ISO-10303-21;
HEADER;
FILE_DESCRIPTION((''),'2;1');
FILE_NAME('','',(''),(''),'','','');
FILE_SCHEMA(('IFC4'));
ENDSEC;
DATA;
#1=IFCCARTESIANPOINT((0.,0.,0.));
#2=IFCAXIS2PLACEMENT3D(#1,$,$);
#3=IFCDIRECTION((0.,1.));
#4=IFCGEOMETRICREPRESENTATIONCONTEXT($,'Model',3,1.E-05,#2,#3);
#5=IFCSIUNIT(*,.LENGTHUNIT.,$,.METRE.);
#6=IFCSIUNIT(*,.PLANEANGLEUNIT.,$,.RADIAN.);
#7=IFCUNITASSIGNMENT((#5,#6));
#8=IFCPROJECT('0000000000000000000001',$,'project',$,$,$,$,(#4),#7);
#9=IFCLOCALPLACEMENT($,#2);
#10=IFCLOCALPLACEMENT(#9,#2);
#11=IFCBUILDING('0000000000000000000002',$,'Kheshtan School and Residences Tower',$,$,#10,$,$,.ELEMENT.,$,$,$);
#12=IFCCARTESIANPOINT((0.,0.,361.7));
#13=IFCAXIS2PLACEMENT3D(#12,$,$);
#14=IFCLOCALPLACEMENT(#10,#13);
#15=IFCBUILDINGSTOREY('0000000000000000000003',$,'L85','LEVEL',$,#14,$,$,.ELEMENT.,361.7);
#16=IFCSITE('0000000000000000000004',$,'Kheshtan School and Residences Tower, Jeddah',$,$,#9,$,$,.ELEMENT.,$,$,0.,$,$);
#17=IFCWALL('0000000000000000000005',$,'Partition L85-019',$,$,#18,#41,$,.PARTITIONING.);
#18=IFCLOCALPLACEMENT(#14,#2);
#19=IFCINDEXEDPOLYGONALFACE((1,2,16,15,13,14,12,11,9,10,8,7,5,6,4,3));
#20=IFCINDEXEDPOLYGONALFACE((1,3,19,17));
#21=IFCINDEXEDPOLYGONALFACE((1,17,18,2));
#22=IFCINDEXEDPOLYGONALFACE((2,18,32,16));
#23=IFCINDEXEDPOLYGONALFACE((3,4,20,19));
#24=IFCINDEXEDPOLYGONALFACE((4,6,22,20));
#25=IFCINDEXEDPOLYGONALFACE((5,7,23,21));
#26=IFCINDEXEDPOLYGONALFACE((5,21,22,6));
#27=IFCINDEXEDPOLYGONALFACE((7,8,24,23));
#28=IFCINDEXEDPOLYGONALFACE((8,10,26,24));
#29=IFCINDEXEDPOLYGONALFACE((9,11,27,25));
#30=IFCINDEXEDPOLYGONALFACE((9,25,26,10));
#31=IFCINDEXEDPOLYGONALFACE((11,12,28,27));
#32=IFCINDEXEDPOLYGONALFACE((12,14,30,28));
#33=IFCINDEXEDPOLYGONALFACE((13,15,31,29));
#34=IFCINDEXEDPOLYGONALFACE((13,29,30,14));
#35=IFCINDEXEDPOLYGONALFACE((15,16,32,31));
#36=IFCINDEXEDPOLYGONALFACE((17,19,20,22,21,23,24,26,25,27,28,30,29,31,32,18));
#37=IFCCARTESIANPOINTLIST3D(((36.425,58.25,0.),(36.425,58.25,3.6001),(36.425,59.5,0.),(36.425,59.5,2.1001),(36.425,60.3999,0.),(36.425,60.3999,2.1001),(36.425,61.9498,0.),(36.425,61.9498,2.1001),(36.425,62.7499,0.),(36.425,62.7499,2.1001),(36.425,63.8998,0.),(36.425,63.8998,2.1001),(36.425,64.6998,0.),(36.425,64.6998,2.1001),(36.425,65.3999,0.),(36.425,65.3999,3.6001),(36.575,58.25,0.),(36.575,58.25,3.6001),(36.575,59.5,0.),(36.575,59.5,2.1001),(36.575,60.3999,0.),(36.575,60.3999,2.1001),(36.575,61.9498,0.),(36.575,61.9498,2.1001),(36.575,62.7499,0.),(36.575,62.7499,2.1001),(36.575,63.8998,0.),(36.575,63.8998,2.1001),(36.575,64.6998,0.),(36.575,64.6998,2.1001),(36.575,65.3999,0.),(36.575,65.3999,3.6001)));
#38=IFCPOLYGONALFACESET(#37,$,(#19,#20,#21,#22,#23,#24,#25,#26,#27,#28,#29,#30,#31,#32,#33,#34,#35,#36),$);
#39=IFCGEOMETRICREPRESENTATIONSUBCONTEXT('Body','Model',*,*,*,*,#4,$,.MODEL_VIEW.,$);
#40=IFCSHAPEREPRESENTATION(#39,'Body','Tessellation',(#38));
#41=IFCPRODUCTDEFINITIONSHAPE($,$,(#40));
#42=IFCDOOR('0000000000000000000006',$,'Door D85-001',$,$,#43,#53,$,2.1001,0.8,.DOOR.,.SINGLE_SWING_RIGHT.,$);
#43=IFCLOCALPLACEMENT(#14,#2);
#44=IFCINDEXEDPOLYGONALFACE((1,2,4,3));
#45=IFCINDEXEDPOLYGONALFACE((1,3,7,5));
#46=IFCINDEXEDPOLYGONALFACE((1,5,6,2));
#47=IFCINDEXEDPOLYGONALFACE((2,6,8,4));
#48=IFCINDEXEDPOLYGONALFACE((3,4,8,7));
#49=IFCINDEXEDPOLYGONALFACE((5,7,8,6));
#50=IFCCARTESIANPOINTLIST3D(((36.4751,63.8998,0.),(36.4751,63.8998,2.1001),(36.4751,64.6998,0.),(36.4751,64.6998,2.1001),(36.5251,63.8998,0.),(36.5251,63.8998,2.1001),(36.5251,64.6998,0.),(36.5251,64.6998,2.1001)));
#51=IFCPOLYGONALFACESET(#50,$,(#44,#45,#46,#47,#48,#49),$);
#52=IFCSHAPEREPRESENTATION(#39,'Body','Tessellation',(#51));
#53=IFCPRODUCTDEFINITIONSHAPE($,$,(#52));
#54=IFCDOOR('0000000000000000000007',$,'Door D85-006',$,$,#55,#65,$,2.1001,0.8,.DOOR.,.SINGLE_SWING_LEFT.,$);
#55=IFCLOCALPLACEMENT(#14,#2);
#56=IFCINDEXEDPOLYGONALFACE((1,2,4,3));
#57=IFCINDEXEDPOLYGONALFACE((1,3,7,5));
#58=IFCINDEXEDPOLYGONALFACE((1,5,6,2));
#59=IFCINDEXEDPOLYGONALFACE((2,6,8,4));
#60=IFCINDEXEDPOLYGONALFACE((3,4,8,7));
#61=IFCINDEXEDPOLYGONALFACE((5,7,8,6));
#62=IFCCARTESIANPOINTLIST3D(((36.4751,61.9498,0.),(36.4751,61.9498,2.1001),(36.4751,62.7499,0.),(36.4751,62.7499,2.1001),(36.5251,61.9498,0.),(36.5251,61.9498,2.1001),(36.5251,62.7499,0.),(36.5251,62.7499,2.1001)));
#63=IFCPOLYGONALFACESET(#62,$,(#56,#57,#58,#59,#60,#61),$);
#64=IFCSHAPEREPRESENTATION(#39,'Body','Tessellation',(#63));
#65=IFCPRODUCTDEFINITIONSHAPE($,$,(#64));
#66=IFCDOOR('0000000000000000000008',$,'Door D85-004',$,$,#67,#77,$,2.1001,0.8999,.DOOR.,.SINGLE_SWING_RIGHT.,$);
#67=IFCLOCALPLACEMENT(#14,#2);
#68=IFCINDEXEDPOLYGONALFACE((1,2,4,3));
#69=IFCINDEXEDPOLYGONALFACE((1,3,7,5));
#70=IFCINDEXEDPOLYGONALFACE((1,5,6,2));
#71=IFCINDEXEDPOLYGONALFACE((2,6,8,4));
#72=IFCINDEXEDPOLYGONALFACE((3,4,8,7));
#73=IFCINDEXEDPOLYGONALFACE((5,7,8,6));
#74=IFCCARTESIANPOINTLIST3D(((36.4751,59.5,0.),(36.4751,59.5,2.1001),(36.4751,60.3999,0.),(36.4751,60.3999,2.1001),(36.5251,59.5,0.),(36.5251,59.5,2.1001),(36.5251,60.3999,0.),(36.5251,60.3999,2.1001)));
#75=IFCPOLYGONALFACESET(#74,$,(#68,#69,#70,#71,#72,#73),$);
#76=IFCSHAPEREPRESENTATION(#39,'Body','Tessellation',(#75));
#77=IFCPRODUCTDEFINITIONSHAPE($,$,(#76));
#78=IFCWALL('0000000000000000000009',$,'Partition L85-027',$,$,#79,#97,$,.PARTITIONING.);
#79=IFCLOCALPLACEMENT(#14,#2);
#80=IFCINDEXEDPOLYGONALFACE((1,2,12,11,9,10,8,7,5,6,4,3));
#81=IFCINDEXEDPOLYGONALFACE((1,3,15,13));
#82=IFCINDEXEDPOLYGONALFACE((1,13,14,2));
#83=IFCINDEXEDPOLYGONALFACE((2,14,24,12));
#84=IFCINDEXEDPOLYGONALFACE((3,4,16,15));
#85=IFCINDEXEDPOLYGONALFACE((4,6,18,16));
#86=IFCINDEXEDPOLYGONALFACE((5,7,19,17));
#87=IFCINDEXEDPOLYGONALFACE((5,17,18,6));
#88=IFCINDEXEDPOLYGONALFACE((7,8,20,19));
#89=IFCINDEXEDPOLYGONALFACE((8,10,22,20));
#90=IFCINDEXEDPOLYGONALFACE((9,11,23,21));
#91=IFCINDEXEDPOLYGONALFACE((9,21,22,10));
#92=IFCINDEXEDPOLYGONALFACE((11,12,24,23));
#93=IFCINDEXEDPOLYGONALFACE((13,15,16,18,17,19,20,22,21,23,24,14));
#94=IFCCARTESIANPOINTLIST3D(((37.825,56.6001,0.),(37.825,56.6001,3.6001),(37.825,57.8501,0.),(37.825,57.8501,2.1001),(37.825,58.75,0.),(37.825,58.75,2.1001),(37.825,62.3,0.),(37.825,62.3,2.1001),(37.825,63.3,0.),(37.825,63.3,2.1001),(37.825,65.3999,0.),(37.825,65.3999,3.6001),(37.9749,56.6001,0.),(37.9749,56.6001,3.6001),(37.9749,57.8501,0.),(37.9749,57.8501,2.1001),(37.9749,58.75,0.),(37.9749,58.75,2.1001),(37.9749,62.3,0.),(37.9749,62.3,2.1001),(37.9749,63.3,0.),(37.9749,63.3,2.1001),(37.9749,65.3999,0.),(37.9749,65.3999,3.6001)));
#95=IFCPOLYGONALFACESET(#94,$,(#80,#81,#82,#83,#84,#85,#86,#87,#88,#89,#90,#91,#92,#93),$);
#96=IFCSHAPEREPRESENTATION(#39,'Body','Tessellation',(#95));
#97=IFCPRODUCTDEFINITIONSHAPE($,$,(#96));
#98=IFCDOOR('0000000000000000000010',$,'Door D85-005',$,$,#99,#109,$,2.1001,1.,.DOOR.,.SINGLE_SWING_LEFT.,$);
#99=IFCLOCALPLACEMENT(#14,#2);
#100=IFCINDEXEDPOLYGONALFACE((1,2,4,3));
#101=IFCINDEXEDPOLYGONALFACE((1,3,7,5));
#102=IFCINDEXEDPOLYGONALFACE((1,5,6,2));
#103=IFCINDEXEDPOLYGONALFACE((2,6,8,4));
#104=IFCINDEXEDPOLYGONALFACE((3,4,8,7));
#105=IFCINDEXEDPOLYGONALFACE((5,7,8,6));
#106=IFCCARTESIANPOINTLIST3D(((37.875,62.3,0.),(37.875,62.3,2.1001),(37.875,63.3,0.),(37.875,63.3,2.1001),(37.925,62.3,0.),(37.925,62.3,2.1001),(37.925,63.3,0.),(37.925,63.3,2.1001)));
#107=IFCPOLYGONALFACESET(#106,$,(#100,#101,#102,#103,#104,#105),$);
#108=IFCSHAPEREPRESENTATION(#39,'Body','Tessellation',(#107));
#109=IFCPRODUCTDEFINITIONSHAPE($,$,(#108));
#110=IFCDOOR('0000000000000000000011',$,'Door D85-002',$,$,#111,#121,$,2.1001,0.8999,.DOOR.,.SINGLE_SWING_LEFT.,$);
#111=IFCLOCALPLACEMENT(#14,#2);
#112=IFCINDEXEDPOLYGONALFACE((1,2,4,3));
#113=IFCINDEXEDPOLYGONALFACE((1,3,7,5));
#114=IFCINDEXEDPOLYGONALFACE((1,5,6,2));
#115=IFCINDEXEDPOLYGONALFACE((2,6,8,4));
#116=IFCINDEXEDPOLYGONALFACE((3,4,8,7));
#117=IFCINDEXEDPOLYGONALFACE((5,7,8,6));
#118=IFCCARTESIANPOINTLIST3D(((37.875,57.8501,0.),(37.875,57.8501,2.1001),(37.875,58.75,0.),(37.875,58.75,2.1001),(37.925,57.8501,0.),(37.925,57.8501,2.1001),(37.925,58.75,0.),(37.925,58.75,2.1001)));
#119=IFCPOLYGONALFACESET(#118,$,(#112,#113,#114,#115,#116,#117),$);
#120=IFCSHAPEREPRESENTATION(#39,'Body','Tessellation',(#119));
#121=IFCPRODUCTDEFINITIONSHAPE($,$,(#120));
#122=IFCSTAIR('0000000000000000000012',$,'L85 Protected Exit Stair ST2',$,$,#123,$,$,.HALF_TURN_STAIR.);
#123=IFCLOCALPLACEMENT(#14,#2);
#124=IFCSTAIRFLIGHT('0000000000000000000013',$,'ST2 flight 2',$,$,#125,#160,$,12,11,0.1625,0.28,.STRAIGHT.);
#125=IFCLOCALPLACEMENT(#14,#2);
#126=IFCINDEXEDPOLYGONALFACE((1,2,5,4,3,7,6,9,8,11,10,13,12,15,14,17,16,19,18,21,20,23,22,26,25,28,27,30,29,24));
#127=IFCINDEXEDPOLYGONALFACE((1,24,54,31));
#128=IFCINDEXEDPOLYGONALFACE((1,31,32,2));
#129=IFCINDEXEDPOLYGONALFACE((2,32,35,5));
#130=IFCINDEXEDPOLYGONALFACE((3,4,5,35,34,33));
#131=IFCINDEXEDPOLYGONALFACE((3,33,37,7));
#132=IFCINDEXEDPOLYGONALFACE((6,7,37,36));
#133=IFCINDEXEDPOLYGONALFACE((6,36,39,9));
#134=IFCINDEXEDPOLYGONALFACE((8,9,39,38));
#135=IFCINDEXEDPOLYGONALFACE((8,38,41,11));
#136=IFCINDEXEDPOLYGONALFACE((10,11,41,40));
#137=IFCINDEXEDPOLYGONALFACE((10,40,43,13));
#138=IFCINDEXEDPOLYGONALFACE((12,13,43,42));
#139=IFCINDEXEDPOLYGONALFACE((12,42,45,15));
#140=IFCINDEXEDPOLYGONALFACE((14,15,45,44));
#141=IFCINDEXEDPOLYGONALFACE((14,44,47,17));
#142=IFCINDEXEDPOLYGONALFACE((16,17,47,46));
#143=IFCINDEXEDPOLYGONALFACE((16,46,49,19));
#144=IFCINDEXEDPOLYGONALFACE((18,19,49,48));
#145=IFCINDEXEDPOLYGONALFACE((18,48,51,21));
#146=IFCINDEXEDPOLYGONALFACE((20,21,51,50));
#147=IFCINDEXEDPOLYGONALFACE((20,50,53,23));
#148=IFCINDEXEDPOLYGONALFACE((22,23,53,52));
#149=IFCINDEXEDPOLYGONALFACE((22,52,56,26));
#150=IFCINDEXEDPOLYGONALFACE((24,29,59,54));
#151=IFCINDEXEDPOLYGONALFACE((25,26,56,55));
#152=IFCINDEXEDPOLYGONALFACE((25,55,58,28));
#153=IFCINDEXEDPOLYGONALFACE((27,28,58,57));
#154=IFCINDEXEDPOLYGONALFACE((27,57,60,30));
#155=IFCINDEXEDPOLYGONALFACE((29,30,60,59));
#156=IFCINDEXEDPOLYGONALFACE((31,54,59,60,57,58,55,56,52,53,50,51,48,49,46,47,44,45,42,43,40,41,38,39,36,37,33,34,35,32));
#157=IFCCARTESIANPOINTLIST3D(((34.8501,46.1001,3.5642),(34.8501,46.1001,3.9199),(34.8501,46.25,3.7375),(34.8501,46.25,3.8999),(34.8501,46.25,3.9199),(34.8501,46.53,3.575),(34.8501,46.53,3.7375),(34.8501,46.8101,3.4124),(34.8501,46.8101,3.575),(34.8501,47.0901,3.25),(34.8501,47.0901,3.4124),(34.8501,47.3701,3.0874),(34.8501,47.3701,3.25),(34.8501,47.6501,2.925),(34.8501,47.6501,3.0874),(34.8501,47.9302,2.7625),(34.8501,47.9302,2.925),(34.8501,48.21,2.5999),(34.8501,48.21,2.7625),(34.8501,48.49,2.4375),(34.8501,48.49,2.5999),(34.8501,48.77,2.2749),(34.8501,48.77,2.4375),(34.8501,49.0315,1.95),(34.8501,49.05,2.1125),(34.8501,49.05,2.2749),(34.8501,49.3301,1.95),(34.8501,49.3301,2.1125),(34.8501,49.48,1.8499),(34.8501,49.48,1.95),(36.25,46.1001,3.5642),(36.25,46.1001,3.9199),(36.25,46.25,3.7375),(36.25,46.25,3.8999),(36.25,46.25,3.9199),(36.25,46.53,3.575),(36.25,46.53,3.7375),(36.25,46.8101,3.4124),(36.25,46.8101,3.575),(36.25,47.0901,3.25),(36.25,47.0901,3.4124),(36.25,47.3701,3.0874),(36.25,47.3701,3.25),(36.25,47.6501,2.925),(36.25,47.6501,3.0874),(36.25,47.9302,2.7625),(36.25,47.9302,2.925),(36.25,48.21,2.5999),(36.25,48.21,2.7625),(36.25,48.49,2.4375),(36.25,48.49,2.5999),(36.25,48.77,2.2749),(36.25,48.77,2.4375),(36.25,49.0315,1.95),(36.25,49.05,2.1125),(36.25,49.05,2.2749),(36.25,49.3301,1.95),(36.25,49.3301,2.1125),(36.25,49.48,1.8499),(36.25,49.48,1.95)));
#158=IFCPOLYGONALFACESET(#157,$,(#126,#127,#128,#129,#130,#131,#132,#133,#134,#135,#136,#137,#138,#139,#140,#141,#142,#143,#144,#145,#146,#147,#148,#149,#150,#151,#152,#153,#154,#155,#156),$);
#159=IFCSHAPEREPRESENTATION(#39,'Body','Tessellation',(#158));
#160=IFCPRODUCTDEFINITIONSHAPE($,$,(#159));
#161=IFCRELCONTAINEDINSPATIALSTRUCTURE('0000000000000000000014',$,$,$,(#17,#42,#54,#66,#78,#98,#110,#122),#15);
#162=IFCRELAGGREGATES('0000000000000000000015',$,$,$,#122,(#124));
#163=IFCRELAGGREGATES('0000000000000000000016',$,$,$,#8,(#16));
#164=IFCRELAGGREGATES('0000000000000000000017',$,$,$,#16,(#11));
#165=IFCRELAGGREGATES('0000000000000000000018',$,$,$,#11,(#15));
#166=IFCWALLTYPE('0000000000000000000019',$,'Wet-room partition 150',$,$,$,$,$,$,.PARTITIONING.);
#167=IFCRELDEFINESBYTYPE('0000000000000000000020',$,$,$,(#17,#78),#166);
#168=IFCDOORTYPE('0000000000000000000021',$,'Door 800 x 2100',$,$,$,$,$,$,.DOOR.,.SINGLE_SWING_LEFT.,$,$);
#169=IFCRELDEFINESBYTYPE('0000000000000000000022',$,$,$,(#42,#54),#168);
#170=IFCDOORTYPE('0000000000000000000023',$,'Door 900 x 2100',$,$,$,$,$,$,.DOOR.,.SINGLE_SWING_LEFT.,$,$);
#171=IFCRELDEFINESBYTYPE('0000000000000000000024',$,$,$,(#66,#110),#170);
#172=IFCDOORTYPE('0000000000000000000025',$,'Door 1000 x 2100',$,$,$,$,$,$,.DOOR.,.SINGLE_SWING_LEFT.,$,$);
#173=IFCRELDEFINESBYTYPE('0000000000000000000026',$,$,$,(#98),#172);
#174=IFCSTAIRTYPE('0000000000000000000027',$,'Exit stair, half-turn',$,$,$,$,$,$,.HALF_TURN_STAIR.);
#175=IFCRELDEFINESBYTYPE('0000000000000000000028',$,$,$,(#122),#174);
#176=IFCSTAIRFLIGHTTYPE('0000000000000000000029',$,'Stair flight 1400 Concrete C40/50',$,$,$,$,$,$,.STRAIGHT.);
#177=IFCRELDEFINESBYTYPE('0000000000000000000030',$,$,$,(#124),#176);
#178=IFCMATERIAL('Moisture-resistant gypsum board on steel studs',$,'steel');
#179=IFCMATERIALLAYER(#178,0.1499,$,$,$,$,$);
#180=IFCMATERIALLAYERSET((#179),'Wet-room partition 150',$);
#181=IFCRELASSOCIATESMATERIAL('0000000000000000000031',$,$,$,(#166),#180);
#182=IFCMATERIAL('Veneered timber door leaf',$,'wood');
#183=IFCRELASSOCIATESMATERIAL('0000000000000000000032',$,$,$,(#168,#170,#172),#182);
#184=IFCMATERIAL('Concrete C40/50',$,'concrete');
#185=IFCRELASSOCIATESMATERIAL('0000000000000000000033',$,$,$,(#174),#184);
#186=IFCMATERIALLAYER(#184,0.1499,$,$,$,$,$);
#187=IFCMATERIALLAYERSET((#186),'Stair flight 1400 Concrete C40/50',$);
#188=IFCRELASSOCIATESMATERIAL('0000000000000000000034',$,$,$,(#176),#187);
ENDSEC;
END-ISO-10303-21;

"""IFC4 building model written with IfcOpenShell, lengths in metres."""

from ifc_helpers import new_model, si_unit, direction, frame, frame_2d, origin, place, context, subcontext, project, spatial, polyline, rectangle, outline, extrude, source, transform, mapped, material, layer, layer_set, type_object, element, fill, aggregate, save


model = new_model("IFC4")

# Units and contexts
model_context = context("Model", 3, precision=1e-05, world=origin(), true_north=direction((0.0, 1.0)))
body_context = subcontext(model_context, "Body", "Model", "MODEL_VIEW")
ifc_project = project(units=[si_unit("LENGTHUNIT", "METRE"), si_unit("PLANEANGLEUNIT", "RADIAN")], contexts=[model_context])

# Site, building, storey
site_placement = place(None, origin())
site = spatial("IfcSite", under=ifc_project, at=site_placement, Name="Kheshtan School and Residences Tower, Jeddah", CompositionType="ELEMENT", RefElevation=0.0)
building_placement = place(site_placement, origin())
building = spatial("IfcBuilding", under=site, at=building_placement, Name="Kheshtan School and Residences Tower", CompositionType="ELEMENT")
storey_placement = place(building_placement, frame((0.0, 0.0, 361.7)))
storey = spatial("IfcBuildingStorey", under=building, at=storey_placement, Name="L85", Description="LEVEL", CompositionType="ELEMENT", Elevation=361.7)

# Shared definitions
ifc_material_1 = material(Name="Concrete C40/50", Category="concrete")

# Walls, openings, doors
ifc_material_2 = material(Name="Moisture-resistant gypsum board on steel studs", Category="steel")
ifc_layer_1 = layer(ifc_material_2, 0.1499)
ifc_layer_set_1 = layer_set([ifc_layer_1], Name="Wet-room partition 150")
wall_type_1 = type_object("IfcWallType", Name="Wet-room partition 150", PredefinedType="PARTITIONING", material=ifc_layer_set_1)
wall_1_placement = place(storey_placement, frame((36.5, 58.25, 0.0), z_axis=(0.0, 0.0, 1.0), x_axis=(0.0, 1.0, 0.0)))
wall_1 = element("IfcWall", 1, at=wall_1_placement, inside=storey, type_object=wall_type_1, Name="Partition L85-019", PredefinedType="PARTITIONING", context=body_context, shape_type="SweptSolid", body=[
    extrude(rectangle(XDim=7.1499, YDim=0.1499, at=frame_2d((3.575, 0.0))), origin(), (0.0, 0.0, 1.0), 3.6001),
])
opening_1_placement = place(wall_1_placement, frame((5.6499, 0.0, 0.0)))
opening_1 = element("IfcOpeningElement", 2, at=opening_1_placement, cuts=wall_1, PredefinedType="OPENING", context=body_context, shape_type="SweptSolid", body=[
    extrude(rectangle(XDim=0.8, YDim=2.1001, at=frame_2d((0.3999, 1.05))), frame((0.0, 0.085, 0.0), z_axis=(0.0, -1.0, 0.0), x_axis=(1.0, 0.0, 0.0)), (0.0, 0.0, 1.0), 0.1699),
])
opening_2_placement = place(wall_1_placement, frame((1.25, 0.0, 0.0)))
opening_2 = element("IfcOpeningElement", 3, at=opening_2_placement, cuts=wall_1, PredefinedType="OPENING", context=body_context, shape_type="SweptSolid", body=[
    extrude(rectangle(XDim=0.8999, YDim=2.1001, at=frame_2d((0.45, 1.05))), frame((0.0, 0.085, 0.0), z_axis=(0.0, -1.0, 0.0), x_axis=(1.0, 0.0, 0.0)), (0.0, 0.0, 1.0), 0.1699),
])
opening_3_placement = place(wall_1_placement, frame((3.7, 0.0, 0.0)))
opening_3 = element("IfcOpeningElement", 4, at=opening_3_placement, cuts=wall_1, PredefinedType="OPENING", context=body_context, shape_type="SweptSolid", body=[
    extrude(rectangle(XDim=0.8, YDim=2.1001, at=frame_2d((0.3999, 1.05))), frame((0.0, 0.085, 0.0), z_axis=(0.0, -1.0, 0.0), x_axis=(1.0, 0.0, 0.0)), (0.0, 0.0, 1.0), 0.1699),
])
ifc_material_3 = material(Name="Veneered timber door leaf", Category="wood")
door_type_1 = type_object("IfcDoorType", Name="Door 800 x 2100", OperationType="SINGLE_SWING_LEFT", PredefinedType="DOOR", material=ifc_material_3)
shared_shape_1 = source(origin(), body_context, "Body", "SweptSolid", [
    extrude(rectangle(XDim=0.8, YDim=2.1001, at=frame_2d((0.3999, 1.05))), frame((0.0, 0.0249, 0.0), z_axis=(0.0, -1.0, 0.0), x_axis=(1.0, 0.0, 0.0)), (0.0, 0.0, 1.0), 0.05),
])
door_1_placement = place(opening_1_placement, origin())
door_1 = element("IfcDoor", 5, at=door_1_placement, inside=storey, type_object=door_type_1, Name="Door D85-001", OperationType="SINGLE_SWING_RIGHT", OverallHeight=2.1001, OverallWidth=0.8, PredefinedType="DOOR", context=body_context, shape_type="MappedRepresentation", body=[
    mapped(shared_shape_1, transform((0.0, 0.0, 0.0), x_axis=(1.0, 0.0, 0.0), y_axis=(0.0, 1.0, 0.0), z_axis=(0.0, 0.0, 1.0), scale=1.0)),
])
fill(opening_1, door_1)
door_2_placement = place(opening_3_placement, origin())
door_2 = element("IfcDoor", 6, at=door_2_placement, inside=storey, type_object=door_type_1, Name="Door D85-006", OperationType="SINGLE_SWING_LEFT", OverallHeight=2.1001, OverallWidth=0.8, PredefinedType="DOOR", context=body_context, shape_type="MappedRepresentation", body=[
    mapped(shared_shape_1, transform((0.0, 0.0, 0.0), x_axis=(1.0, 0.0, 0.0), y_axis=(0.0, 1.0, 0.0), z_axis=(0.0, 0.0, 1.0), scale=1.0)),
])
fill(opening_3, door_2)
door_type_2 = type_object("IfcDoorType", Name="Door 900 x 2100", OperationType="SINGLE_SWING_LEFT", PredefinedType="DOOR", material=ifc_material_3)
shared_shape_2 = source(origin(), body_context, "Body", "SweptSolid", [
    extrude(rectangle(XDim=0.8999, YDim=2.1001, at=frame_2d((0.45, 1.05))), frame((0.0, 0.0249, 0.0), z_axis=(0.0, -1.0, 0.0), x_axis=(1.0, 0.0, 0.0)), (0.0, 0.0, 1.0), 0.05),
])
door_3_placement = place(opening_2_placement, origin())
door_3 = element("IfcDoor", 7, at=door_3_placement, inside=storey, type_object=door_type_2, Name="Door D85-004", OperationType="SINGLE_SWING_RIGHT", OverallHeight=2.1001, OverallWidth=0.8999, PredefinedType="DOOR", context=body_context, shape_type="MappedRepresentation", body=[
    mapped(shared_shape_2, transform((0.0, 0.0, 0.0), x_axis=(1.0, 0.0, 0.0), y_axis=(0.0, 1.0, 0.0), z_axis=(0.0, 0.0, 1.0), scale=1.0)),
])
fill(opening_2, door_3)
wall_2_placement = place(storey_placement, frame((37.8999, 56.6001, 0.0), z_axis=(0.0, 0.0, 1.0), x_axis=(0.0, 1.0, 0.0)))
wall_2 = element("IfcWall", 8, at=wall_2_placement, inside=storey, type_object=wall_type_1, Name="Partition L85-027", PredefinedType="PARTITIONING", context=body_context, shape_type="SweptSolid", body=[
    extrude(rectangle(XDim=8.7998, YDim=0.1499, at=frame_2d((4.3999, 0.0))), origin(), (0.0, 0.0, 1.0), 3.6001),
])
opening_4_placement = place(wall_2_placement, frame((1.25, 0.0, 0.0)))
opening_4 = element("IfcOpeningElement", 9, at=opening_4_placement, cuts=wall_2, PredefinedType="OPENING", context=body_context, shape_type="SweptSolid", body=[
    extrude(rectangle(XDim=0.8999, YDim=2.1001, at=frame_2d((0.45, 1.05))), frame((0.0, 0.085, 0.0), z_axis=(0.0, -1.0, 0.0), x_axis=(1.0, 0.0, 0.0)), (0.0, 0.0, 1.0), 0.1699),
])
opening_5_placement = place(wall_2_placement, frame((5.7, 0.0, 0.0)))
opening_5 = element("IfcOpeningElement", 10, at=opening_5_placement, cuts=wall_2, PredefinedType="OPENING", context=body_context, shape_type="SweptSolid", body=[
    extrude(rectangle(XDim=1.0, YDim=2.1001, at=frame_2d((0.5, 1.05))), frame((0.0, 0.085, 0.0), z_axis=(0.0, -1.0, 0.0), x_axis=(1.0, 0.0, 0.0)), (0.0, 0.0, 1.0), 0.1699),
])
door_type_3 = type_object("IfcDoorType", Name="Door 1000 x 2100", OperationType="SINGLE_SWING_LEFT", PredefinedType="DOOR", material=ifc_material_3)
shared_shape_3 = source(origin(), body_context, "Body", "SweptSolid", [
    extrude(rectangle(XDim=1.0, YDim=2.1001, at=frame_2d((0.5, 1.05))), frame((0.0, 0.0249, 0.0), z_axis=(0.0, -1.0, 0.0), x_axis=(1.0, 0.0, 0.0)), (0.0, 0.0, 1.0), 0.05),
])
door_4_placement = place(opening_5_placement, origin())
door_4 = element("IfcDoor", 11, at=door_4_placement, inside=storey, type_object=door_type_3, Name="Door D85-005", OperationType="SINGLE_SWING_LEFT", OverallHeight=2.1001, OverallWidth=1.0, PredefinedType="DOOR", context=body_context, shape_type="MappedRepresentation", body=[
    mapped(shared_shape_3, transform((0.0, 0.0, 0.0), x_axis=(1.0, 0.0, 0.0), y_axis=(0.0, 1.0, 0.0), z_axis=(0.0, 0.0, 1.0), scale=1.0)),
])
fill(opening_5, door_4)
door_5_placement = place(opening_4_placement, origin())
door_5 = element("IfcDoor", 12, at=door_5_placement, inside=storey, type_object=door_type_2, Name="Door D85-002", OperationType="SINGLE_SWING_LEFT", OverallHeight=2.1001, OverallWidth=0.8999, PredefinedType="DOOR", context=body_context, shape_type="MappedRepresentation", body=[
    mapped(shared_shape_2, transform((0.0, 0.0, 0.0), x_axis=(1.0, 0.0, 0.0), y_axis=(0.0, 1.0, 0.0), z_axis=(0.0, 0.0, 1.0), scale=1.0)),
])
fill(opening_4, door_5)

# Stair, stair flight
stair_type = type_object("IfcStairType", Name="Exit stair, half-turn", PredefinedType="HALF_TURN_STAIR", material=ifc_material_1)
stair_placement = place(storey_placement, origin())
stair = element("IfcStair", 13, at=stair_placement, inside=storey, type_object=stair_type, Name="L85 Protected Exit Stair ST2", PredefinedType="HALF_TURN_STAIR")
ifc_layer_2 = layer(ifc_material_1, 0.1499)
ifc_layer_set_2 = layer_set([ifc_layer_2], Name="Stair flight 1400 Concrete C40/50")
stair_flight_type = type_object("IfcStairFlightType", Name="Stair flight 1400 Concrete C40/50", PredefinedType="STRAIGHT", material=ifc_layer_set_2)
stair_flight_placement = place(storey_placement, frame((35.55, 49.3301, 1.95), z_axis=(0.0, 0.0, 1.0), x_axis=(0.0, -1.0, 0.0)))
stair_flight = element("IfcStairFlight", 14, at=stair_flight_placement, type_object=stair_flight_type, Name="ST2 flight 2", NumberOfRisers=12, NumberOfTreads=11, PredefinedType="STRAIGHT", RiserHeight=0.1625, TreadLength=0.28, context=body_context, shape_type="SweptSolid", body=[
    extrude(outline(polyline([(-0.1499, -0.1001), (-0.1499, 0.0), (0.0, 0.0), (0.0, 0.1626), (0.28, 0.1626), (0.28, 0.325), (0.5601, 0.325), (0.5601, 0.4875), (0.8401, 0.4875), (0.8401, 0.6499), (1.1201, 0.6499), (1.1201, 0.8125), (1.3999, 0.8125), (1.3999, 0.9751), (1.6799, 0.9751), (1.6799, 1.1375), (1.96, 1.1375), (1.96, 1.3), (2.24, 1.3), (2.24, 1.4624), (2.52, 1.4624), (2.52, 1.625), (2.8, 1.625), (2.8, 1.7876), (3.0801, 1.7876), (3.0801, 1.95), (3.0801, 1.97), (3.23, 1.97), (3.23, 1.6143), (0.2986, 0.0), (-0.1499, -0.1001)])), frame((0.0, 0.7, 0.0), z_axis=(0.0, -1.0, 0.0), x_axis=(1.0, 0.0, 0.0)), (0.0, 0.0, 1.0), 1.3999),
])
aggregate(stair, [stair_flight])

save(model, "model.ifc")
